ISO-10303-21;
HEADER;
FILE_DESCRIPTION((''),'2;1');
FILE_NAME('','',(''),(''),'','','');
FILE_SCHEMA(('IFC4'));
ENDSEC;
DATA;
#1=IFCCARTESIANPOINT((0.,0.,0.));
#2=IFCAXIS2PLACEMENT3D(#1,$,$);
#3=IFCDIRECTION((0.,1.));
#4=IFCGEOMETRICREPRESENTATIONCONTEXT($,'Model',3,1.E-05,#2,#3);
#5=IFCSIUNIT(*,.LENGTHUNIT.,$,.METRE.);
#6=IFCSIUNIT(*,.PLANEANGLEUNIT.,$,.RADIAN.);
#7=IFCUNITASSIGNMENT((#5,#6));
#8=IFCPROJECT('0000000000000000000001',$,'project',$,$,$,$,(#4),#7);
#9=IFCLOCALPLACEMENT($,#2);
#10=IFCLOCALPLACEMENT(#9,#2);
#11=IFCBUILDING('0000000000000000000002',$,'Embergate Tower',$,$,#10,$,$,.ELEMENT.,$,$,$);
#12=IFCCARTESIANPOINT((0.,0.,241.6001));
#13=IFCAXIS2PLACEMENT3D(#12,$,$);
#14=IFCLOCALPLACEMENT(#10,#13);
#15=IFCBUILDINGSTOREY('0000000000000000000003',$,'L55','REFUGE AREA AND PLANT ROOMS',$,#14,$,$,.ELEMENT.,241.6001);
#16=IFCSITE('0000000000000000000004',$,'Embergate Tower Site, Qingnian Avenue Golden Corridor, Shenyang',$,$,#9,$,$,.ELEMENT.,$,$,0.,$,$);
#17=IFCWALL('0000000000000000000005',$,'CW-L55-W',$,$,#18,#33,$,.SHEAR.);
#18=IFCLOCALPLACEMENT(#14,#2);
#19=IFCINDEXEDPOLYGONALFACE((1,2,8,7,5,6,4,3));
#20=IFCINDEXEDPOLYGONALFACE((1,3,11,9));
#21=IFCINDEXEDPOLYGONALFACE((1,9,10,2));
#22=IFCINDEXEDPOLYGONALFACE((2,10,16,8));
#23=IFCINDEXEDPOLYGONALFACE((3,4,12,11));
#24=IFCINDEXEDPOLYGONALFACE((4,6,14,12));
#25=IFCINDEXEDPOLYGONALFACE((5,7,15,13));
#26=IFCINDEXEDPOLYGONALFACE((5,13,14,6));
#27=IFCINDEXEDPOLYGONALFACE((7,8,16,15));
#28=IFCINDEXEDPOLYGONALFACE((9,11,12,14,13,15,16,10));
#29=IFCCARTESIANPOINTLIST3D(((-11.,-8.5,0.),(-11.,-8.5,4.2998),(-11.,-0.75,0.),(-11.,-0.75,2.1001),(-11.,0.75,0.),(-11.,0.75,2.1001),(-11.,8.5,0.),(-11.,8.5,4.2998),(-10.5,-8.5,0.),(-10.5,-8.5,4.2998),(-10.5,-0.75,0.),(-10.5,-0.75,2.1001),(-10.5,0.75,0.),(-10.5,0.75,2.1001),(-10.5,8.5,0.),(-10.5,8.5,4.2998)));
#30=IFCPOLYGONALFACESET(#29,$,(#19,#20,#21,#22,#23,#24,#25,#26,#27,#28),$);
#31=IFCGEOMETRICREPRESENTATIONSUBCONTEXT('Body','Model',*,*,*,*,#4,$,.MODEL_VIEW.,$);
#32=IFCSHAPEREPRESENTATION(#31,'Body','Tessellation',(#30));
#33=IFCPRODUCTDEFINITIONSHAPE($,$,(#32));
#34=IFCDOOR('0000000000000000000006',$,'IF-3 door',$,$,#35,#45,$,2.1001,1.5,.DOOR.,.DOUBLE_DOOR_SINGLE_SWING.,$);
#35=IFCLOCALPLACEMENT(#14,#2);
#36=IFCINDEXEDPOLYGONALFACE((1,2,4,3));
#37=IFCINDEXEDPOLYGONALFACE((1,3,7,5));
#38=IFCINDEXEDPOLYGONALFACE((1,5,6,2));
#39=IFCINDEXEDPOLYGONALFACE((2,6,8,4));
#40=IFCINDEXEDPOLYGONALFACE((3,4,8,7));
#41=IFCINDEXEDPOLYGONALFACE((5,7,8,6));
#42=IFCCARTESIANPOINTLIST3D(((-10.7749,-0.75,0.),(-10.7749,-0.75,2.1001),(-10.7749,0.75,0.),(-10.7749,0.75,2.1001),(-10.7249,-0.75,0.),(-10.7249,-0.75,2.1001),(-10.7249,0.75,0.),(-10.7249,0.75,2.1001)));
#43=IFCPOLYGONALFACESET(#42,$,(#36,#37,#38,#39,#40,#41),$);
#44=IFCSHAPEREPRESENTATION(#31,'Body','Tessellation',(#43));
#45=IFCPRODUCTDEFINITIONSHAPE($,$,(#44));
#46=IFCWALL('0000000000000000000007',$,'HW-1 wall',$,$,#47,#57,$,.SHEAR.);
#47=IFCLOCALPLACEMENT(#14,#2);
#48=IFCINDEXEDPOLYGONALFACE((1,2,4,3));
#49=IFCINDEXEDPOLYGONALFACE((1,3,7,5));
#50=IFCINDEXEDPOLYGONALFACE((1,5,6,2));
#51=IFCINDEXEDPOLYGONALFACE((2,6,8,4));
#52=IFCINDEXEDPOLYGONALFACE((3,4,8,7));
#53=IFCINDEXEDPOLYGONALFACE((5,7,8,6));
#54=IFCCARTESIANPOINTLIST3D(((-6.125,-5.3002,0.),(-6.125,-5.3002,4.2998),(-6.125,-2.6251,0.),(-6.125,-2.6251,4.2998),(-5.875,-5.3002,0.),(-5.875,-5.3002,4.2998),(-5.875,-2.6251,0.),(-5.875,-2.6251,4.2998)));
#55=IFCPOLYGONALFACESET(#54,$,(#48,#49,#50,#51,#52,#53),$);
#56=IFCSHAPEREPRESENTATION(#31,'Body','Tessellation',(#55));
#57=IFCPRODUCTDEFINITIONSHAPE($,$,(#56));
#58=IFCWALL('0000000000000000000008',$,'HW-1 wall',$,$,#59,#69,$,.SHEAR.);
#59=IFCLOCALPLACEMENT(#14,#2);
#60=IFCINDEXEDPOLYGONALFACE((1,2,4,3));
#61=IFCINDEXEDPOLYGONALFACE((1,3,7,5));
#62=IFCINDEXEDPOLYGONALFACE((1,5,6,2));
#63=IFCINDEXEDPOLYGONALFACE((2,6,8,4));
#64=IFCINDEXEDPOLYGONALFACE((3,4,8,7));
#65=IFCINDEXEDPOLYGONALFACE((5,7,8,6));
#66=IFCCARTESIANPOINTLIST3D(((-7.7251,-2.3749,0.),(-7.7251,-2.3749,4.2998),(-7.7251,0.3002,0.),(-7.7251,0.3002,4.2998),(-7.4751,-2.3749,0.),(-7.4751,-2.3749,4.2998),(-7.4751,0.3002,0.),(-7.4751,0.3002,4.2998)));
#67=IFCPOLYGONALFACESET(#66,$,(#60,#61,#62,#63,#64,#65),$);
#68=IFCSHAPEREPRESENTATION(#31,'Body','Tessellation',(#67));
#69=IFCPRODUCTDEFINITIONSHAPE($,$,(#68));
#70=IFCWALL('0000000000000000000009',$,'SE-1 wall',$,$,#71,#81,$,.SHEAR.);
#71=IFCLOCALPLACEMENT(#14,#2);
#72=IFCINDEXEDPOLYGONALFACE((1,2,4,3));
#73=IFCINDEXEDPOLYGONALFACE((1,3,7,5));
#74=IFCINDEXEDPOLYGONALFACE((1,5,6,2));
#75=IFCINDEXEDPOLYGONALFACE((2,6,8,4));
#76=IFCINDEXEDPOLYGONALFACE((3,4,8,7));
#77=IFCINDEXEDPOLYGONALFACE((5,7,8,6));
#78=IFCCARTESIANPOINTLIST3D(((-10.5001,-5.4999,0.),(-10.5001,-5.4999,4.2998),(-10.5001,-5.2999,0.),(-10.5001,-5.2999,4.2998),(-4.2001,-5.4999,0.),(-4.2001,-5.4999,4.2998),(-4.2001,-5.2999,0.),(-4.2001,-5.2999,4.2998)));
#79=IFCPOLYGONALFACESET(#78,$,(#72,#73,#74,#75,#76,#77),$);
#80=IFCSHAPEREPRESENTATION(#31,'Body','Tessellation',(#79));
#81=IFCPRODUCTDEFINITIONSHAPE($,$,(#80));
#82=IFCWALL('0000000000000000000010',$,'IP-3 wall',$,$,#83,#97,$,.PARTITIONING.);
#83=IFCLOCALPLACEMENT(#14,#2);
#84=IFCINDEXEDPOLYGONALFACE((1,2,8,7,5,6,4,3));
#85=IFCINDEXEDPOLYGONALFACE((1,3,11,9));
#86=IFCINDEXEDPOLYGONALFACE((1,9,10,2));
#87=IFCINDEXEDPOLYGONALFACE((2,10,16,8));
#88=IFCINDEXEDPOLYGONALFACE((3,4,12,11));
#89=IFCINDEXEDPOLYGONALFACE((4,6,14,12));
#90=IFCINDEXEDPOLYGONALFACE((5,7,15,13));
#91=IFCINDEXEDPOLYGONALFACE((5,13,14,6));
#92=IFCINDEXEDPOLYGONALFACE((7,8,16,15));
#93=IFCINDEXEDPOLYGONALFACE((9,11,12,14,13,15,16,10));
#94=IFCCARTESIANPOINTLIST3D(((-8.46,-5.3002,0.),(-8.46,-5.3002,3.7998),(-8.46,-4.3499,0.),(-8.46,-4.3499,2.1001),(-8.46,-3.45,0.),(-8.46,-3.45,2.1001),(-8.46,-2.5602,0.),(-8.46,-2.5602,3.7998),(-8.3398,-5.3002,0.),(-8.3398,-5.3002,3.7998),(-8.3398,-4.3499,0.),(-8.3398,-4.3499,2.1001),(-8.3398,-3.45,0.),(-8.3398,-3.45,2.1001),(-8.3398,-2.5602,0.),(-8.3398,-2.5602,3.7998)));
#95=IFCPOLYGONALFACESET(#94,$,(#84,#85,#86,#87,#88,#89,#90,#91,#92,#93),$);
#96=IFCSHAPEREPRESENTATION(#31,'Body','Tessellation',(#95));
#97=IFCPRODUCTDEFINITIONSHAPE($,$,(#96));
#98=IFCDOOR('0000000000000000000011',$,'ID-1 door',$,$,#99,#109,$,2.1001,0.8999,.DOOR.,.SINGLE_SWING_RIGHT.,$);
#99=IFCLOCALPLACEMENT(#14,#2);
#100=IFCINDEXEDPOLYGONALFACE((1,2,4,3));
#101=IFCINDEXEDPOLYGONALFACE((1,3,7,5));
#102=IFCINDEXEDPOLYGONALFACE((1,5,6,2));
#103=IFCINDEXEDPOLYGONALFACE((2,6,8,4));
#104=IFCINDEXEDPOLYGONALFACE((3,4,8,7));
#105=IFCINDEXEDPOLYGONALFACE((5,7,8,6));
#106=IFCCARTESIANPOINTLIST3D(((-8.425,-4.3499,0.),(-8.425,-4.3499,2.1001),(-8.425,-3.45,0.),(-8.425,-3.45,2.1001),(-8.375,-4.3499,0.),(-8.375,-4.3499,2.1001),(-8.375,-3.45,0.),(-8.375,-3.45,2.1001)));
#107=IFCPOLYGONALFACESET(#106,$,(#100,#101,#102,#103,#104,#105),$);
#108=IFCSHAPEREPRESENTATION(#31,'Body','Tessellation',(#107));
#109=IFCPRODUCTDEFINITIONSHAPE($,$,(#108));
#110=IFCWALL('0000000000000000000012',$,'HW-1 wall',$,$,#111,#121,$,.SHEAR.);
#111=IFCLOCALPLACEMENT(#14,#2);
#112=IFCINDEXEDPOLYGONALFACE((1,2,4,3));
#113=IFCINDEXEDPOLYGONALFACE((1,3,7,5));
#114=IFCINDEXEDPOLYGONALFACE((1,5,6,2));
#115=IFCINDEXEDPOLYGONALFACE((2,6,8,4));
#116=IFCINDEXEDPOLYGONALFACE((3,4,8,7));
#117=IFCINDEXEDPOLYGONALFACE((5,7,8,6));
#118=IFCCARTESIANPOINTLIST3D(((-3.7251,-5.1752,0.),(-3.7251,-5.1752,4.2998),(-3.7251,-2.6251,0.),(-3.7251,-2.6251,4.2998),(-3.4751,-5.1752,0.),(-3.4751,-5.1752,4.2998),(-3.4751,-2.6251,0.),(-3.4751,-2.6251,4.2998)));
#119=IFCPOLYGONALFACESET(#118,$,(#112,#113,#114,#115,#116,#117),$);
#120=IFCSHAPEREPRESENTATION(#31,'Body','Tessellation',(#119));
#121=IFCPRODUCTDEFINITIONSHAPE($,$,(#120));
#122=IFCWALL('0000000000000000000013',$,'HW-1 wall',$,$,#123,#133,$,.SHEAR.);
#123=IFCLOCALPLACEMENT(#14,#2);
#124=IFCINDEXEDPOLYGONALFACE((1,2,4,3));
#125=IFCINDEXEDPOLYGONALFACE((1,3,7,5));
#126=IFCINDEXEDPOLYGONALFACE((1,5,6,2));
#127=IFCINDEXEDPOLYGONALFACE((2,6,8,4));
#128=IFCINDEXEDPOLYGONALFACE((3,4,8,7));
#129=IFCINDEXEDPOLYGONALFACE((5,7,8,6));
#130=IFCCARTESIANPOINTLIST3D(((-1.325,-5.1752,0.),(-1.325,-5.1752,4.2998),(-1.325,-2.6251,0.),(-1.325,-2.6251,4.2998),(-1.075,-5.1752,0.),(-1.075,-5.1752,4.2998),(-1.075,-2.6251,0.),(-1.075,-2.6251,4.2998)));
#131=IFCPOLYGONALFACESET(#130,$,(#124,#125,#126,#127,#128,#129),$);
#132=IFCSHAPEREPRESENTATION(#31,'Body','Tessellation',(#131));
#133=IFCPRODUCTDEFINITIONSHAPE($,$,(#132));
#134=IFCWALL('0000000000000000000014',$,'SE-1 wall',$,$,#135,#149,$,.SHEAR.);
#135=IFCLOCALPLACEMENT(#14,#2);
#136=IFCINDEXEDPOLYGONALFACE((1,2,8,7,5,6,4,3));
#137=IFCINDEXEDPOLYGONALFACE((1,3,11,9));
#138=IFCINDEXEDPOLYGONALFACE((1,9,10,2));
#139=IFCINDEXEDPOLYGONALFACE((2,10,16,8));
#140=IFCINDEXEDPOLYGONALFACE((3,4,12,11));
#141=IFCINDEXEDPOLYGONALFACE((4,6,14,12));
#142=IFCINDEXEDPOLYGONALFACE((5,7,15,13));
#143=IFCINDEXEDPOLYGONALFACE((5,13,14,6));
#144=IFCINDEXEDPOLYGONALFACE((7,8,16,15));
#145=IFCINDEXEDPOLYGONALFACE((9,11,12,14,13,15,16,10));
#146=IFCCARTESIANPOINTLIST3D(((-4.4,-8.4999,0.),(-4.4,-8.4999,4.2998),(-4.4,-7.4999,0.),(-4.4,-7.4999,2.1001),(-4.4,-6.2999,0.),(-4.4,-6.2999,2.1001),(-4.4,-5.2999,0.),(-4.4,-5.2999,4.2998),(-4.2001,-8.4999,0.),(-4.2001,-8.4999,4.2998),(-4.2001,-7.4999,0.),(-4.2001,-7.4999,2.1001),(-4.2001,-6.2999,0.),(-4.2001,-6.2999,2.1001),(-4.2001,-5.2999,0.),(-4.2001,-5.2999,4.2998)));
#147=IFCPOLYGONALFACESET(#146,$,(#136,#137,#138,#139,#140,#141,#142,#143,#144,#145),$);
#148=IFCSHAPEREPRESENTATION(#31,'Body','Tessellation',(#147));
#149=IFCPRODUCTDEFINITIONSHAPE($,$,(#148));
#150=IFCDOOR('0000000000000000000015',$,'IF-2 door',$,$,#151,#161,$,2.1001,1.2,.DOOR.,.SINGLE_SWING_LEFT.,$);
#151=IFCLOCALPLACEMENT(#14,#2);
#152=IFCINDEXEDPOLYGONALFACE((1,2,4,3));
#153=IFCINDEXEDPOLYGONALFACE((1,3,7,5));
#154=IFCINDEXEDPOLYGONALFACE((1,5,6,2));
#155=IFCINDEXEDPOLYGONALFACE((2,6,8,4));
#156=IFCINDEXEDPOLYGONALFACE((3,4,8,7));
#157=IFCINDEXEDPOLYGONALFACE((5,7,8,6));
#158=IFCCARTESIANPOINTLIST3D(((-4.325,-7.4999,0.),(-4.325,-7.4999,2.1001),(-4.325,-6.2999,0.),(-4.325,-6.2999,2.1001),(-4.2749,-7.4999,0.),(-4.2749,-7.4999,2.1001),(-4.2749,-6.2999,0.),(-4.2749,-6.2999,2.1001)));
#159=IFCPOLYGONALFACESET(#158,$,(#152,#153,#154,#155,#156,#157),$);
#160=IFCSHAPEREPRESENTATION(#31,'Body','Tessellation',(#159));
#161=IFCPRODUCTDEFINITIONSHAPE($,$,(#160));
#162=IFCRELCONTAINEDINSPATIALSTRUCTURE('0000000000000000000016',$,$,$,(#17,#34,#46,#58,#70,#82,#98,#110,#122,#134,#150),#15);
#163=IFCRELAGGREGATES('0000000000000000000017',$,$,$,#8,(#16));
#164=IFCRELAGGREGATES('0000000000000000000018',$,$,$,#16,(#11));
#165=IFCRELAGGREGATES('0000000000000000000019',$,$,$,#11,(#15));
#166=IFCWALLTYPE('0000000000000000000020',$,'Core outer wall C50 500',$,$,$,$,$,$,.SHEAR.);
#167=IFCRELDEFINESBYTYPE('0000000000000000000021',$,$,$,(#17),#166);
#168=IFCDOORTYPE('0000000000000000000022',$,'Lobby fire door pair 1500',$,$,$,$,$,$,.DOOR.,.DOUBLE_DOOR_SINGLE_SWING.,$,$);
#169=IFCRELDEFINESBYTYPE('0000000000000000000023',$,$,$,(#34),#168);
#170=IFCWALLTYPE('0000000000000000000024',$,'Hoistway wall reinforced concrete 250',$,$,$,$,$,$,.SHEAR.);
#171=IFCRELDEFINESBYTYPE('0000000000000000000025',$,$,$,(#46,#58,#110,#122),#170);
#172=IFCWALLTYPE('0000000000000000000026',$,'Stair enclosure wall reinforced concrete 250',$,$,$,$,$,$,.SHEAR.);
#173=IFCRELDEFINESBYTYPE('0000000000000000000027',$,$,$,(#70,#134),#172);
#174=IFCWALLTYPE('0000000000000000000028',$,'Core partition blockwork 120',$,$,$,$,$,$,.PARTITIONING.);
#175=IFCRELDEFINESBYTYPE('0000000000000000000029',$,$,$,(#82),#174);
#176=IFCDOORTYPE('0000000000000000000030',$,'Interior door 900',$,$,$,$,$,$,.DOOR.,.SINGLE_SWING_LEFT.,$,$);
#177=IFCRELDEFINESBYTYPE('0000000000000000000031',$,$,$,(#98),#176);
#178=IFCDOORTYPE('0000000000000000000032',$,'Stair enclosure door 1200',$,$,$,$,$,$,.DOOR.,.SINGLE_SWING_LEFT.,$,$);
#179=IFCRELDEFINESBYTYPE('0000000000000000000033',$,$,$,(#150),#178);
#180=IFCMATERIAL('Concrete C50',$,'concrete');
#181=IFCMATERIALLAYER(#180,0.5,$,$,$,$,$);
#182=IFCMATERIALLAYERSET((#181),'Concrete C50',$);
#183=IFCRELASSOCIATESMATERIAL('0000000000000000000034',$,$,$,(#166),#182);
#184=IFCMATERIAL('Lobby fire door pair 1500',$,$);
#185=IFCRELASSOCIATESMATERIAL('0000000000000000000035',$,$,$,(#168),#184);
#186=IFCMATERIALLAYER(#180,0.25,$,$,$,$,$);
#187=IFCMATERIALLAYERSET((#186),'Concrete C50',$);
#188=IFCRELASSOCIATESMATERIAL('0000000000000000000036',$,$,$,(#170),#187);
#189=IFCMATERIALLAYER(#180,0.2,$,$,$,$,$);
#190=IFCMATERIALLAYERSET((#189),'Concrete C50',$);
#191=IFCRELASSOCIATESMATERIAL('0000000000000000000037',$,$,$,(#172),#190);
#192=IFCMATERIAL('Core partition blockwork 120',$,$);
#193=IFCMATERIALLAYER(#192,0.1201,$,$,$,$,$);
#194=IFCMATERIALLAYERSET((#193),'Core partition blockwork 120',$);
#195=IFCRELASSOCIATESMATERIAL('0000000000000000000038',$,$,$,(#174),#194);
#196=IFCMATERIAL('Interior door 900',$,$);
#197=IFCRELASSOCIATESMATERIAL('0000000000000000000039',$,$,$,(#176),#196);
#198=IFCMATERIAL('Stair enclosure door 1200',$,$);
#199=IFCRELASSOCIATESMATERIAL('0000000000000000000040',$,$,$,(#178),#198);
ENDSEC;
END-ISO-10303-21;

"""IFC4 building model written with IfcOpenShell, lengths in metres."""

from ifc_helpers import new_model, si_unit, direction, frame, frame_2d, origin, place, context, subcontext, project, spatial, rectangle, extrude, source, transform, mapped, material, layer, layer_set, type_object, element, fill, save


model = new_model("IFC4")

# Units and contexts
model_context = context("Model", 3, precision=1e-05, world=origin(), true_north=direction((0.0, 1.0)))
body_context = subcontext(model_context, "Body", "Model", "MODEL_VIEW")
ifc_project = project(units=[si_unit("LENGTHUNIT", "METRE"), si_unit("PLANEANGLEUNIT", "RADIAN")], contexts=[model_context])

# Site, building, storey
site_placement = place(None, origin())
site = spatial("IfcSite", under=ifc_project, at=site_placement, Name="Embergate Tower Site, Qingnian Avenue Golden Corridor, Shenyang", CompositionType="ELEMENT", RefElevation=0.0)
building_placement = place(site_placement, origin())
building = spatial("IfcBuilding", under=site, at=building_placement, Name="Embergate Tower", CompositionType="ELEMENT")
storey_placement = place(building_placement, frame((0.0, 0.0, 241.6001)))
storey = spatial("IfcBuildingStorey", under=building, at=storey_placement, Name="L55", Description="REFUGE AREA AND PLANT ROOMS", CompositionType="ELEMENT", Elevation=241.6001)

# Shared definitions
ifc_material_1 = material(Name="Concrete C50", Category="concrete")
ifc_layer_1 = layer(ifc_material_1, 0.5)
ifc_layer_set_1 = layer_set([ifc_layer_1], Name="Concrete C50")
wall_type_1 = type_object("IfcWallType", Name="Core outer wall C50 500", PredefinedType="SHEAR", material=ifc_layer_set_1)
shared_shape_1 = source(origin(), body_context, "Body", "SweptSolid", [
    extrude(rectangle(XDim=1.2, YDim=2.1001, at=frame_2d((0.6001, 1.05))), frame((0.0, 0.0249, 0.0), z_axis=(0.0, -1.0, 0.0), x_axis=(1.0, 0.0, 0.0)), (0.0, 0.0, 1.0), 0.05),
])

# Wall, opening, door
shared_shape_2 = source(origin(), body_context, "Body", "SweptSolid", [
    extrude(rectangle(XDim=17.0, YDim=0.5, at=frame_2d((8.5, 0.0))), origin(), (0.0, 0.0, 1.0), 4.2998),
])
wall_1_placement = place(storey_placement, frame((-10.75, -8.5, 0.0), z_axis=(0.0, 0.0, 1.0), x_axis=(0.0, 1.0, 0.0)))
wall_1 = element("IfcWall", 1, at=wall_1_placement, inside=storey, type_object=wall_type_1, Name="CW-L55-W", PredefinedType="SHEAR", context=body_context, shape_type="MappedRepresentation", body=[
    mapped(shared_shape_2, transform((0.0, 0.0, 0.0))),
])
shared_shape_3 = source(origin(), body_context, "Body", "SweptSolid", [
    extrude(rectangle(XDim=1.5, YDim=2.1001, at=frame_2d((0.75, 1.05))), frame((0.0, 0.26, 0.0), z_axis=(0.0, -1.0, 0.0), x_axis=(1.0, 0.0, 0.0)), (0.0, 0.0, 1.0), 0.52),
])
opening_1_placement = place(wall_1_placement, frame((7.75, 0.0, 0.0)))
opening_1 = element("IfcOpeningElement", 2, at=opening_1_placement, cuts=wall_1, PredefinedType="OPENING", context=body_context, shape_type="MappedRepresentation", body=[
    mapped(shared_shape_3, transform((0.0, 0.0, 0.0))),
])
ifc_material_2 = material(Name="Lobby fire door pair 1500")
door_type_1 = type_object("IfcDoorType", Name="Lobby fire door pair 1500", OperationType="DOUBLE_DOOR_SINGLE_SWING", PredefinedType="DOOR", material=ifc_material_2)
shared_shape_4 = source(origin(), body_context, "Body", "SweptSolid", [
    extrude(rectangle(XDim=1.5, YDim=2.1001, at=frame_2d((0.75, 1.05))), frame((0.0, 0.0249, 0.0), z_axis=(0.0, -1.0, 0.0), x_axis=(1.0, 0.0, 0.0)), (0.0, 0.0, 1.0), 0.05),
])
door_1_placement = place(opening_1_placement, origin())
door_1 = element("IfcDoor", 3, at=door_1_placement, inside=storey, type_object=door_type_1, Name="IF-3 door", OperationType="DOUBLE_DOOR_SINGLE_SWING", OverallHeight=2.1001, OverallWidth=1.5, PredefinedType="DOOR", context=body_context, shape_type="MappedRepresentation", body=[
    mapped(shared_shape_4, transform((0.0, 0.0, 0.0))),
])
fill(opening_1, door_1)

# Walls
ifc_layer_2 = layer(ifc_material_1, 0.25)
ifc_layer_set_2 = layer_set([ifc_layer_2], Name="Concrete C50")
wall_type_2 = type_object("IfcWallType", Name="Hoistway wall reinforced concrete 250", PredefinedType="SHEAR", material=ifc_layer_set_2)
shared_shape_5 = source(origin(), body_context, "Body", "SweptSolid", [
    extrude(rectangle(XDim=2.675, YDim=0.25, at=frame_2d((1.3374, 0.0))), origin(), (0.0, 0.0, 1.0), 4.2998),
])
for number, where, z_axis, x_axis, name in (
    (4, (-6.0, -5.3, 0.0), (0.0, 0.0, 1.0), (0.0, 1.0, 0.0), "HW-1 wall"),
    (5, (-7.6001, 0.3, 0.0), (0.0, 0.0, 1.0), (0.0, -1.0, 0.0), "HW-1 wall"),
):
    element("IfcWall", number, at=place(storey_placement, frame(where, z_axis=z_axis, x_axis=x_axis)), inside=storey, type_object=wall_type_2, Name=name, PredefinedType="SHEAR", context=body_context, shape_type="MappedRepresentation", body=[
        mapped(shared_shape_5, transform((0.0, 0.0, 0.0))),
    ])
ifc_layer_3 = layer(ifc_material_1, 0.2)
ifc_layer_set_3 = layer_set([ifc_layer_3], Name="Concrete C50")
wall_type_3 = type_object("IfcWallType", Name="Stair enclosure wall reinforced concrete 250", PredefinedType="SHEAR", material=ifc_layer_set_3)
shared_shape_6 = source(origin(), body_context, "Body", "SweptSolid", [
    extrude(rectangle(XDim=6.3, YDim=0.2, at=frame_2d((3.1499, 0.0))), origin(), (0.0, 0.0, 1.0), 4.2998),
])
wall_2_placement = place(storey_placement, frame((-10.5, -5.3999, 0.0), z_axis=(0.0, 0.0, 1.0), x_axis=(1.0, 0.0, 0.0)))
element("IfcWall", 6, at=wall_2_placement, inside=storey, type_object=wall_type_3, Name="SE-1 wall", PredefinedType="SHEAR", context=body_context, shape_type="MappedRepresentation", body=[
    mapped(shared_shape_6, transform((0.0, 0.0, 0.0))),
])

# Wall, opening, door
ifc_material_3 = material(Name="Core partition blockwork 120")
ifc_layer_4 = layer(ifc_material_3, 0.1201)
ifc_layer_set_4 = layer_set([ifc_layer_4], Name="Core partition blockwork 120")
wall_type_4 = type_object("IfcWallType", Name="Core partition blockwork 120", PredefinedType="PARTITIONING", material=ifc_layer_set_4)
shared_shape_7 = source(origin(), body_context, "Body", "SweptSolid", [
    extrude(rectangle(XDim=2.74, YDim=0.1201, at=frame_2d((1.3701, 0.0))), origin(), (0.0, 0.0, 1.0), 3.7998),
])
wall_3_placement = place(storey_placement, frame((-8.3999, -2.5601, 0.0), z_axis=(0.0, 0.0, 1.0), x_axis=(0.0, -1.0, 0.0)))
wall_3 = element("IfcWall", 7, at=wall_3_placement, inside=storey, type_object=wall_type_4, Name="IP-3 wall", PredefinedType="PARTITIONING", context=body_context, shape_type="MappedRepresentation", body=[
    mapped(shared_shape_7, transform((0.0, 0.0, 0.0))),
])
shared_shape_8 = source(origin(), body_context, "Body", "SweptSolid", [
    extrude(rectangle(XDim=0.8999, YDim=2.1001, at=frame_2d((0.45, 1.05))), frame((0.0, 0.0701, 0.0), z_axis=(0.0, -1.0, 0.0), x_axis=(1.0, 0.0, 0.0)), (0.0, 0.0, 1.0), 0.1401),
])
opening_2_placement = place(wall_3_placement, frame((0.8899, 0.0, 0.0)))
opening_2 = element("IfcOpeningElement", 8, at=opening_2_placement, cuts=wall_3, PredefinedType="OPENING", context=body_context, shape_type="MappedRepresentation", body=[
    mapped(shared_shape_8, transform((0.0, 0.0, 0.0))),
])
ifc_material_4 = material(Name="Interior door 900")
door_type_2 = type_object("IfcDoorType", Name="Interior door 900", OperationType="SINGLE_SWING_LEFT", PredefinedType="DOOR", material=ifc_material_4)
shared_shape_9 = source(origin(), body_context, "Body", "SweptSolid", [
    extrude(rectangle(XDim=0.8999, YDim=2.1001, at=frame_2d((0.45, 1.05))), frame((0.0, 0.0249, 0.0), z_axis=(0.0, -1.0, 0.0), x_axis=(1.0, 0.0, 0.0)), (0.0, 0.0, 1.0), 0.05),
])
door_2_placement = place(opening_2_placement, origin())
door_2 = element("IfcDoor", 9, at=door_2_placement, inside=storey, type_object=door_type_2, Name="ID-1 door", OperationType="SINGLE_SWING_RIGHT", OverallHeight=2.1001, OverallWidth=0.8999, PredefinedType="DOOR", context=body_context, shape_type="MappedRepresentation", body=[
    mapped(shared_shape_9, transform((0.0, 0.0, 0.0))),
])
fill(opening_2, door_2)

# Walls
shared_shape_10 = source(origin(), body_context, "Body", "SweptSolid", [
    extrude(rectangle(XDim=2.55, YDim=0.25, at=frame_2d((1.2749, 0.0))), origin(), (0.0, 0.0, 1.0), 4.2998),
])
for number, where, z_axis, x_axis, name in (
    (10, (-3.6001, -5.175, 0.0), (0.0, 0.0, 1.0), (0.0, 1.0, 0.0), "HW-1 wall"),
    (11, (-1.2, -5.175, 0.0), (0.0, 0.0, 1.0), (0.0, 1.0, 0.0), "HW-1 wall"),
):
    element("IfcWall", number, at=place(storey_placement, frame(where, z_axis=z_axis, x_axis=x_axis)), inside=storey, type_object=wall_type_2, Name=name, PredefinedType="SHEAR", context=body_context, shape_type="MappedRepresentation", body=[
        mapped(shared_shape_10, transform((0.0, 0.0, 0.0))),
    ])

# Wall, opening, door
shared_shape_11 = source(origin(), body_context, "Body", "SweptSolid", [
    extrude(rectangle(XDim=3.2, YDim=0.2, at=frame_2d((1.6001, 0.0))), origin(), (0.0, 0.0, 1.0), 4.2998),
])
wall_4_placement = place(storey_placement, frame((-4.3, -8.5, 0.0), z_axis=(0.0, 0.0, 1.0), x_axis=(0.0, 1.0, 0.0)))
wall_4 = element("IfcWall", 12, at=wall_4_placement, inside=storey, type_object=wall_type_3, Name="SE-1 wall", PredefinedType="SHEAR", context=body_context, shape_type="MappedRepresentation", body=[
    mapped(shared_shape_11, transform((0.0, 0.0, 0.0))),
])
shared_shape_12 = source(origin(), body_context, "Body", "SweptSolid", [
    extrude(rectangle(XDim=1.2, YDim=2.1001, at=frame_2d((0.6001, 1.05))), frame((0.0, 0.1099, 0.0), z_axis=(0.0, -1.0, 0.0), x_axis=(1.0, 0.0, 0.0)), (0.0, 0.0, 1.0), 0.22),
])
opening_3_placement = place(wall_4_placement, frame((1.0, 0.0, 0.0)))
opening_3 = element("IfcOpeningElement", 13, at=opening_3_placement, cuts=wall_4, PredefinedType="OPENING", context=body_context, shape_type="MappedRepresentation", body=[
    mapped(shared_shape_12, transform((0.0, 0.0, 0.0))),
])
ifc_material_5 = material(Name="Stair enclosure door 1200")
door_type_3 = type_object("IfcDoorType", Name="Stair enclosure door 1200", OperationType="SINGLE_SWING_LEFT", PredefinedType="DOOR", material=ifc_material_5)
door_3_placement = place(opening_3_placement, origin())
door_3 = element("IfcDoor", 14, at=door_3_placement, inside=storey, type_object=door_type_3, Name="IF-2 door", OperationType="SINGLE_SWING_LEFT", OverallHeight=2.1001, OverallWidth=1.2, PredefinedType="DOOR", context=body_context, shape_type="MappedRepresentation", body=[
    mapped(shared_shape_1, transform((0.0, 0.0, 0.0))),
])
fill(opening_3, door_3)

save(model, "model.ifc")
